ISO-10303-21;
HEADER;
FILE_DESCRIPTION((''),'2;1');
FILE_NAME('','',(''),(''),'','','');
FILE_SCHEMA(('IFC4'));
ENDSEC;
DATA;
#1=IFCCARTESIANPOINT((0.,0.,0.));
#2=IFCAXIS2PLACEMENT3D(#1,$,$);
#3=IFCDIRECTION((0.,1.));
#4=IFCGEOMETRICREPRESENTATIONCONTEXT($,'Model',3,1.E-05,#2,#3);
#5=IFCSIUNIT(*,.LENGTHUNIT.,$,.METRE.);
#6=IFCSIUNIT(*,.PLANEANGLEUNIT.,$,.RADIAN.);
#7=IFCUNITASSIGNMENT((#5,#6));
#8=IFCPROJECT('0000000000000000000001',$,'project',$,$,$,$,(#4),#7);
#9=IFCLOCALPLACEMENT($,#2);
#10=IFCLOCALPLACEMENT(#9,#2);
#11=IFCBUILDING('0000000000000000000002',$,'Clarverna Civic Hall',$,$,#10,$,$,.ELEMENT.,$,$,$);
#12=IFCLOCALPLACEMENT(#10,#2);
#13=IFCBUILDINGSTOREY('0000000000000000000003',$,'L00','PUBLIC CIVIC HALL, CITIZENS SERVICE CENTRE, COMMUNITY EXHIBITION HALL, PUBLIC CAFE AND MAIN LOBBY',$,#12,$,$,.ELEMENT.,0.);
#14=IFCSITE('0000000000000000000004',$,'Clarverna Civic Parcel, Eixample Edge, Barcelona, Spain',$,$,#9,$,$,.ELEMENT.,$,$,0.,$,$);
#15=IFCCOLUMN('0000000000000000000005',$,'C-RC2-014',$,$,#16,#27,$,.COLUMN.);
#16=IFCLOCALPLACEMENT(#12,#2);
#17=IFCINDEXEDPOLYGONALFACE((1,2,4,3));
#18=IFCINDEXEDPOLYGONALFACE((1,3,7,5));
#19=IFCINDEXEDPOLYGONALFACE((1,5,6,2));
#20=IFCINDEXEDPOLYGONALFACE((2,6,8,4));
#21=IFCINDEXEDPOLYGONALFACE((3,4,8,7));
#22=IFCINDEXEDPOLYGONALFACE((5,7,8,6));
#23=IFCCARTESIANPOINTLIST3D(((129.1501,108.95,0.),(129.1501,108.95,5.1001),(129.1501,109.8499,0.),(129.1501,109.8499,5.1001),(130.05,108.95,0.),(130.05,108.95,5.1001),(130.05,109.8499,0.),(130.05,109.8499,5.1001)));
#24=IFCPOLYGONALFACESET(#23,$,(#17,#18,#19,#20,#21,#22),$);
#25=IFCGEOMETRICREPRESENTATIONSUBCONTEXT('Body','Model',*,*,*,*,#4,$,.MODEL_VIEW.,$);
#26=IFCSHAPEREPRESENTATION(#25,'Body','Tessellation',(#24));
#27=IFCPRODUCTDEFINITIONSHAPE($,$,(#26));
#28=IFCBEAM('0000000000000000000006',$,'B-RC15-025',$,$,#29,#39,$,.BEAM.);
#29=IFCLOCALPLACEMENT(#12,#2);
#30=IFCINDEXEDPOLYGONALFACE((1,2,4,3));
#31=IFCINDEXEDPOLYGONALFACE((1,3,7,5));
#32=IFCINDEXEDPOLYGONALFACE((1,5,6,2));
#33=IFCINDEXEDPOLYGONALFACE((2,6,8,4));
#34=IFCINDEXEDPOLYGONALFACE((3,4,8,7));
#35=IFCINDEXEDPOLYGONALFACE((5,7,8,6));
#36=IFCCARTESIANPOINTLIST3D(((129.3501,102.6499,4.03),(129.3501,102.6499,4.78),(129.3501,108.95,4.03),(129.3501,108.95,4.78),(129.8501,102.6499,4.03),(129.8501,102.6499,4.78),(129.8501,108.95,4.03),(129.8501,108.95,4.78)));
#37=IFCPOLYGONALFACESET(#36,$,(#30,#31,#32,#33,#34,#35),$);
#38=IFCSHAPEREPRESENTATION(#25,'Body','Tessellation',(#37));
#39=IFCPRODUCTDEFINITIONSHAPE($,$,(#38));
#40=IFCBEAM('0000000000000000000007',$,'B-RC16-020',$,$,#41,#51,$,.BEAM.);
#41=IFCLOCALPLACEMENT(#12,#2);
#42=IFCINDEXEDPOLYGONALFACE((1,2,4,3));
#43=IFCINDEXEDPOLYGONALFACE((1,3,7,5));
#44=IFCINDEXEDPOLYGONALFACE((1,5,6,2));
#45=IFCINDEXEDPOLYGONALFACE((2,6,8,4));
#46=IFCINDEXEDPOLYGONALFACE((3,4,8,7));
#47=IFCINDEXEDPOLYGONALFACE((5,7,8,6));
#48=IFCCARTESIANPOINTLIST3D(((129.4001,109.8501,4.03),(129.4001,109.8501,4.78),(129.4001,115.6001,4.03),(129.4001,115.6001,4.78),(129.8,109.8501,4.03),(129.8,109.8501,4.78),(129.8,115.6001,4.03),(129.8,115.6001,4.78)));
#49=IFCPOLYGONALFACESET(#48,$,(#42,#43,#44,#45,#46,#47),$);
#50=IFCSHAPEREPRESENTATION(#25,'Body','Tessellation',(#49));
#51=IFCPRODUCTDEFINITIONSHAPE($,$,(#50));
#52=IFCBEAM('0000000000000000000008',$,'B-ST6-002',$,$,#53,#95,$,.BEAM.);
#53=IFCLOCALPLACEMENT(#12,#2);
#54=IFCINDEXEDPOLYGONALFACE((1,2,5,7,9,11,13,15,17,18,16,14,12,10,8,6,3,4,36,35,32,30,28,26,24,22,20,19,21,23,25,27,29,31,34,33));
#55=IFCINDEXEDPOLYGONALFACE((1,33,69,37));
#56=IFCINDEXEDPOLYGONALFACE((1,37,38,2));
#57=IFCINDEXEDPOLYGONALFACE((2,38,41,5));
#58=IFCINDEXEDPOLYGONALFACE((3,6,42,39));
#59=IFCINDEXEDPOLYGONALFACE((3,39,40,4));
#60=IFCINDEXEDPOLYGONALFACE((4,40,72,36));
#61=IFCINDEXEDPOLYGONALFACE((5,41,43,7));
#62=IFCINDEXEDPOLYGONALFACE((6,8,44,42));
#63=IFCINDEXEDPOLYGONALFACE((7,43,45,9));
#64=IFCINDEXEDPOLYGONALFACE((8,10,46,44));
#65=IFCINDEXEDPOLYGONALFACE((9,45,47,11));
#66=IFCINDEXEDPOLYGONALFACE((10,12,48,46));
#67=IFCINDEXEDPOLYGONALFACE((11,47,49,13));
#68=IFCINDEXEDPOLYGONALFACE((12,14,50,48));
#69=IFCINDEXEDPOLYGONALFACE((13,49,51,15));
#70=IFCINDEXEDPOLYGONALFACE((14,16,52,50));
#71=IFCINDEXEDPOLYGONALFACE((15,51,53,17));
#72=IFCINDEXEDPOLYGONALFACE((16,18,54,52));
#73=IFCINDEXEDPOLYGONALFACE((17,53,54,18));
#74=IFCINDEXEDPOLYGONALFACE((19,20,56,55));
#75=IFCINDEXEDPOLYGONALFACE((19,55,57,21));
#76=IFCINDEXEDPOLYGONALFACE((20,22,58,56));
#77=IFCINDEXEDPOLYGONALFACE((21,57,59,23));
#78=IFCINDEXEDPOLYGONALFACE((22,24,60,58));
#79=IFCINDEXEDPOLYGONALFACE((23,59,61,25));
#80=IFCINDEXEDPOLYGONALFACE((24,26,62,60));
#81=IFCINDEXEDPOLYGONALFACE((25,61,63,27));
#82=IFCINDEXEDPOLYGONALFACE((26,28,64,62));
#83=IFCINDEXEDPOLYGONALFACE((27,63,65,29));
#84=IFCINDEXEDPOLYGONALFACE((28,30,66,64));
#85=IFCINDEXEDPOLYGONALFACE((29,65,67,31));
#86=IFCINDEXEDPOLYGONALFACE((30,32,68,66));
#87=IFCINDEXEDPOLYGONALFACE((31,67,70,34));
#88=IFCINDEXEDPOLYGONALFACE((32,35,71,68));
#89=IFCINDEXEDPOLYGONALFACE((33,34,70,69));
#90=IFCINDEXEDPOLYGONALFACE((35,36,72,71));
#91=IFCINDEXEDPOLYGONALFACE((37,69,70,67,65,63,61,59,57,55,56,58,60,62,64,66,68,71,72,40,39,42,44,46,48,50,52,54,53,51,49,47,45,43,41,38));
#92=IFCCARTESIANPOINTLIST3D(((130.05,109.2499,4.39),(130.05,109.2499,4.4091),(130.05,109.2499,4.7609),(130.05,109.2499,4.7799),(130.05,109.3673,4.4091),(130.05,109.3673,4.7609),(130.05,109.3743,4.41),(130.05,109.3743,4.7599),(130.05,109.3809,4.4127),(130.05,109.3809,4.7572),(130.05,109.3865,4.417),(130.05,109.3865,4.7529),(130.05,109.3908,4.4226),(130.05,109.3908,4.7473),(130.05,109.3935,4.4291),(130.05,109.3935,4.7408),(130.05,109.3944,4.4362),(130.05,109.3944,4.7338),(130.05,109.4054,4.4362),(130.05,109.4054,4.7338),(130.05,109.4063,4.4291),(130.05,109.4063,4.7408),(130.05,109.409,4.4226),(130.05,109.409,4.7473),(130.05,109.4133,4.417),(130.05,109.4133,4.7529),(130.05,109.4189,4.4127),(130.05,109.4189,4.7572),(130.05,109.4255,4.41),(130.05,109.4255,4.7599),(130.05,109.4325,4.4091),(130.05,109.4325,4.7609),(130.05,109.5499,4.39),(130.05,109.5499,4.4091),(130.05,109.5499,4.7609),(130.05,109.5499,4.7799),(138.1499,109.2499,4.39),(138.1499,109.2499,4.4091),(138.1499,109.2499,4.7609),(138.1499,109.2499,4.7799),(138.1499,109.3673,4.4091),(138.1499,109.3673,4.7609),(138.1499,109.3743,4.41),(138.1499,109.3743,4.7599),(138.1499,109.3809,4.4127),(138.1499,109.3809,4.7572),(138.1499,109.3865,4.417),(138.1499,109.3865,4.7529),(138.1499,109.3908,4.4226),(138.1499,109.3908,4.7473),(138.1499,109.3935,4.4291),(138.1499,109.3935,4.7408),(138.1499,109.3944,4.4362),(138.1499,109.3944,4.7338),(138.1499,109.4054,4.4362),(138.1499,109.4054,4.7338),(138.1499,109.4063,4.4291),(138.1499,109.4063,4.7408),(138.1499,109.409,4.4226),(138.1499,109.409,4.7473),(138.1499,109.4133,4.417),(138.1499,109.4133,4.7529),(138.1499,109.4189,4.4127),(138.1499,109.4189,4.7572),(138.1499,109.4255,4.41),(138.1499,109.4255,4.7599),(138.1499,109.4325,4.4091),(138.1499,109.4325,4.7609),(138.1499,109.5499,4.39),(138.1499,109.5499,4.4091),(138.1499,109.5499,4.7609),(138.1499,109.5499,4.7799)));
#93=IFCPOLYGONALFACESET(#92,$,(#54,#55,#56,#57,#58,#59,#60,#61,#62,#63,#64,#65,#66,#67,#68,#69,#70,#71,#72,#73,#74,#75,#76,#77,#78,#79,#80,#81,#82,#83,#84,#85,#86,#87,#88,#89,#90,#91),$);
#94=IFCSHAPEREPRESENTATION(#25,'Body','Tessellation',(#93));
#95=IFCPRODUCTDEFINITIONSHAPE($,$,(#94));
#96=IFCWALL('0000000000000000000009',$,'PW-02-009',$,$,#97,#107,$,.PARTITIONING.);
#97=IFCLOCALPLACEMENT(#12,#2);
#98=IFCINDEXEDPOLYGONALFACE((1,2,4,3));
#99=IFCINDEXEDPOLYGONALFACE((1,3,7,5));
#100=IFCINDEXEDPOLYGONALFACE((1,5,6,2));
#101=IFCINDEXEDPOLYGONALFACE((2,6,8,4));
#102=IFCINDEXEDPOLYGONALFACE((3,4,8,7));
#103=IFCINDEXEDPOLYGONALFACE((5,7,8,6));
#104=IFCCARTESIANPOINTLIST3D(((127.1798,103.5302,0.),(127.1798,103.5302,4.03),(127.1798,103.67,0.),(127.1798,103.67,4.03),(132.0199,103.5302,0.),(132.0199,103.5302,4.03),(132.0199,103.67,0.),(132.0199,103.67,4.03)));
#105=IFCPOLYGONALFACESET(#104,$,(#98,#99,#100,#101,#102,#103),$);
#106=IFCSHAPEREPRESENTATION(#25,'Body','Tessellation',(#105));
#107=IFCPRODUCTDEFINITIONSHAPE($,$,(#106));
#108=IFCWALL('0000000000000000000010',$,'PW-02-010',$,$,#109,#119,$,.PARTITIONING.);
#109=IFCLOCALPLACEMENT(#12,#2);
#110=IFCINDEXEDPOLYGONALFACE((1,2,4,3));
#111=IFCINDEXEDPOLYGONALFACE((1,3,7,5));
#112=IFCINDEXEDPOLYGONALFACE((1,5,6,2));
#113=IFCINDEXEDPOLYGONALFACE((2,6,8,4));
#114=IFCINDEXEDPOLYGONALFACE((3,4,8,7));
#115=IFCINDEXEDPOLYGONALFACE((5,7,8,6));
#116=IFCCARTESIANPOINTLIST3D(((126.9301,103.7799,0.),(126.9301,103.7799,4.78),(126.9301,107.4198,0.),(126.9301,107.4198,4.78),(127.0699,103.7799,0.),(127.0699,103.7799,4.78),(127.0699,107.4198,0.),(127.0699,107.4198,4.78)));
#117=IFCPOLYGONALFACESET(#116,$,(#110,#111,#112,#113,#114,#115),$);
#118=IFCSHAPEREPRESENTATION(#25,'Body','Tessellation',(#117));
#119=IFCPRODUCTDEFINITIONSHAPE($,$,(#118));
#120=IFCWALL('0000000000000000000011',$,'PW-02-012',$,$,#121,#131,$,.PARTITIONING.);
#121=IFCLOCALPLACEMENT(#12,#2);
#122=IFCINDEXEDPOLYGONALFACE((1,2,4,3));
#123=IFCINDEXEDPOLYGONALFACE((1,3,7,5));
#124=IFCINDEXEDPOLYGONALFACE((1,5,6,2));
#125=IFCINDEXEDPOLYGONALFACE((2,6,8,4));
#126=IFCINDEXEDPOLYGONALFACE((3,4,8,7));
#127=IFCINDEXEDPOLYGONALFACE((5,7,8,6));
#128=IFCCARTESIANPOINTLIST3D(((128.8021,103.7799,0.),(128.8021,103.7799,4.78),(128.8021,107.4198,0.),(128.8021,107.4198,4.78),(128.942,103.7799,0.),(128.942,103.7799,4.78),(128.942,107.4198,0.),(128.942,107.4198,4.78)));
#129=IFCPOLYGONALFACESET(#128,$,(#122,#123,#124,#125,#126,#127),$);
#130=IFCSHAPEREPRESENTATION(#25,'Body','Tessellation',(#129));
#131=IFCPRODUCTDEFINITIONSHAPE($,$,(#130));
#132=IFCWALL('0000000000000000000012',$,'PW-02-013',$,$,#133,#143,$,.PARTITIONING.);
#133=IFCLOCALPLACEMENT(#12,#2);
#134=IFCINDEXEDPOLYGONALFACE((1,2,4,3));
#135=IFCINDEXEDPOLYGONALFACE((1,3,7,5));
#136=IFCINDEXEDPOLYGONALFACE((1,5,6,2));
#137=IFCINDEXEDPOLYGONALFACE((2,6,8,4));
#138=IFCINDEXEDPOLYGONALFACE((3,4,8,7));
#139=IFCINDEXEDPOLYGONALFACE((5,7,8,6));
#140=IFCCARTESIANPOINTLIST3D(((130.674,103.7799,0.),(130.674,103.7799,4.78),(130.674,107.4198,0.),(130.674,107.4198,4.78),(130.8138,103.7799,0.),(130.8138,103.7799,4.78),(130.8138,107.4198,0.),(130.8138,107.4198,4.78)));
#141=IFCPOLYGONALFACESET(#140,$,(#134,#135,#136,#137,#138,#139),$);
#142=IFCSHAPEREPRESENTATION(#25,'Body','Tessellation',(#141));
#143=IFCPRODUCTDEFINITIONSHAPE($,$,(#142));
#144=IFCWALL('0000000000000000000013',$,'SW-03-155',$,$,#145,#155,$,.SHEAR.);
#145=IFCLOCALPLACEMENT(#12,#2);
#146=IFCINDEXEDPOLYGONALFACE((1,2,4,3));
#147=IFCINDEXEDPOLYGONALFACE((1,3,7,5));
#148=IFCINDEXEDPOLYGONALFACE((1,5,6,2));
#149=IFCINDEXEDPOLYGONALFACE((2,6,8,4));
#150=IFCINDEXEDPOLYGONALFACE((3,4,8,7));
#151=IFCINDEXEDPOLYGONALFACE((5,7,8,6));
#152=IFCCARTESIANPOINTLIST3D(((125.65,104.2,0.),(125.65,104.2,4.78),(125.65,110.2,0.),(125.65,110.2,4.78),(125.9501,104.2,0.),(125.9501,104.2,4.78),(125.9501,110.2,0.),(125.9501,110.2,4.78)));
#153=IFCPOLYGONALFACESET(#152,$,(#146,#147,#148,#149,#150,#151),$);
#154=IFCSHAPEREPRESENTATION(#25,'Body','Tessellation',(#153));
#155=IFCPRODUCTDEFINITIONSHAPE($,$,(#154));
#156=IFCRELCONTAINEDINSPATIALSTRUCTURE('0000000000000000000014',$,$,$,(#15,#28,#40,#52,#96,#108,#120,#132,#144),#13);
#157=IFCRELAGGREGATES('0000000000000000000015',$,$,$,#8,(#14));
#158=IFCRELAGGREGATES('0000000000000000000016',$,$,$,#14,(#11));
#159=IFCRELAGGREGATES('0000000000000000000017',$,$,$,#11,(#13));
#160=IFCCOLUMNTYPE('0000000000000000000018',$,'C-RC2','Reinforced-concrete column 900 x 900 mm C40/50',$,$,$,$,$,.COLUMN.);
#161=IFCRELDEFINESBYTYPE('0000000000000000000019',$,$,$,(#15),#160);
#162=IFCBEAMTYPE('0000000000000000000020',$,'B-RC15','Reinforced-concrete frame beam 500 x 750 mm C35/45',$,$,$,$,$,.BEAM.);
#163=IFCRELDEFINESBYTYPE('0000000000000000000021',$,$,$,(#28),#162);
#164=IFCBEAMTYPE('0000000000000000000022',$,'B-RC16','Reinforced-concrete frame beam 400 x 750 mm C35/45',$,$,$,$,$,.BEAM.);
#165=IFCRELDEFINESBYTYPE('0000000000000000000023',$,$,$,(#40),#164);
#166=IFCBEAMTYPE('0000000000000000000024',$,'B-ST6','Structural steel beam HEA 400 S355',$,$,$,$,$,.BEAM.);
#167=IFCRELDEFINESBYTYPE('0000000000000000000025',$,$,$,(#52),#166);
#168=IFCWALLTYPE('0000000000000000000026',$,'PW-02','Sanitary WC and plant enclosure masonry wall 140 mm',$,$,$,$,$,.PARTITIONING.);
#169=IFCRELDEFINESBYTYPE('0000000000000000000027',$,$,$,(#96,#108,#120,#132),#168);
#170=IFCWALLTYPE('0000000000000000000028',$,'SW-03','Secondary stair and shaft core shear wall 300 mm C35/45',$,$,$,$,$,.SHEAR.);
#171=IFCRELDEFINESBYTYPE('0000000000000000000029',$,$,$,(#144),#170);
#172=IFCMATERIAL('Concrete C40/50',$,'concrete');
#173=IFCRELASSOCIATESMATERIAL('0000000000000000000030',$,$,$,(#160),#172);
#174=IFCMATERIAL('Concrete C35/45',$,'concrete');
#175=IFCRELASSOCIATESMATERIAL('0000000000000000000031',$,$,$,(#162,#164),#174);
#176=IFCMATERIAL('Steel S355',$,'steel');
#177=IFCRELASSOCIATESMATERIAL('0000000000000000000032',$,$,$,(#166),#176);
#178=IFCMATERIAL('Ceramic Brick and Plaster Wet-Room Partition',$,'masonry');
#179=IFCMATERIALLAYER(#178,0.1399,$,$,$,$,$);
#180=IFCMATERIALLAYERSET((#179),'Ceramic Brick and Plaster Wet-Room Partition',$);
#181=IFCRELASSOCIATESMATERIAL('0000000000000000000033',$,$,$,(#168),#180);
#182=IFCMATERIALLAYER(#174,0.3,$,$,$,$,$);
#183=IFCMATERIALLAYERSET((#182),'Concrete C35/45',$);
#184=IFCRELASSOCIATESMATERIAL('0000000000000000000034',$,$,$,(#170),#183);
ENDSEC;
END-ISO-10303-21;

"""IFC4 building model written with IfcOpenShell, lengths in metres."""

from ifc_helpers import new_model, si_unit, direction, frame, frame_2d, origin, origin_2d, place, context, subcontext, project, spatial, rectangle, i_section, extrude, material, layer, layer_set, material_profile, profile_set, type_object, element, save


model = new_model("IFC4")

# Units and contexts
model_context = context("Model", 3, precision=1e-05, world=origin(), true_north=direction((0.0, 1.0)))
body_context = subcontext(model_context, "Body", "Model", "MODEL_VIEW")
ifc_project = project(units=[si_unit("LENGTHUNIT", "METRE"), si_unit("PLANEANGLEUNIT", "RADIAN")], contexts=[model_context])

# Site, building, storey
site_placement = place(None, origin())
site = spatial("IfcSite", under=ifc_project, at=site_placement, Name="Clarverna Civic Parcel, Eixample Edge, Barcelona, Spain", CompositionType="ELEMENT", RefElevation=0.0)
building_placement = place(site_placement, origin())
building = spatial("IfcBuilding", under=site, at=building_placement, Name="Clarverna Civic Hall", CompositionType="ELEMENT")
storey_placement = place(building_placement, origin())
storey = spatial("IfcBuildingStorey", under=building, at=storey_placement, Name="L00", Description="PUBLIC CIVIC HALL, CITIZENS SERVICE CENTRE, COMMUNITY EXHIBITION HALL, PUBLIC CAFE AND MAIN LOBBY", CompositionType="ELEMENT", Elevation=0.0)

# Column
ifc_material_1 = material(Name="Concrete C40/50", Category="concrete")
ifc_material_profile_1 = material_profile(ifc_material_1, rectangle(XDim=0.8999, YDim=0.8999, at=origin_2d()), Name="RC 900x900")
ifc_profile_set_1 = profile_set([ifc_material_profile_1], Name="Concrete C40/50")
column_type = type_object("IfcColumnType", Name="C-RC2", Description="Reinforced-concrete column 900 x 900 mm C40/50", PredefinedType="COLUMN", material=ifc_profile_set_1)
column_placement = place(storey_placement, frame((129.6001, 109.3999, 0.0), z_axis=(0.0, 0.0, 1.0), x_axis=(1.0, 0.0, 0.0)))
element("IfcColumn", 1, at=column_placement, inside=storey, type_object=column_type, Name="C-RC2-014", PredefinedType="COLUMN", context=body_context, shape_type="SweptSolid", body=[
    extrude(rectangle(XDim=0.8999, YDim=0.8999, at=origin_2d()), origin(), (0.0, 0.0, 1.0), 5.1001),
])

# Beams
ifc_material_2 = material(Name="Concrete C35/45", Category="concrete")
ifc_material_profile_2 = material_profile(ifc_material_2, rectangle(XDim=0.5, YDim=0.75, at=origin_2d()), Name="RC 500x750")
ifc_profile_set_2 = profile_set([ifc_material_profile_2], Name="Concrete C35/45")
beam_type_1 = type_object("IfcBeamType", Name="B-RC15", Description="Reinforced-concrete frame beam 500 x 750 mm C35/45", PredefinedType="BEAM", material=ifc_profile_set_2)
beam_1_placement = place(storey_placement, frame((129.6001, 102.6499, 4.405), z_axis=(0.0, 1.0, 0.0), x_axis=(-1.0, 0.0, 0.0)))
element("IfcBeam", 2, at=beam_1_placement, inside=storey, type_object=beam_type_1, Name="B-RC15-025", PredefinedType="BEAM", context=body_context, shape_type="SweptSolid", body=[
    extrude(rectangle(XDim=0.5, YDim=0.75, at=origin_2d()), origin(), (0.0, 0.0, 1.0), 6.3),
])
ifc_material_profile_3 = material_profile(ifc_material_2, rectangle(XDim=0.3999, YDim=0.75, at=origin_2d()), Name="RC 400x750")
ifc_profile_set_3 = profile_set([ifc_material_profile_3], Name="Concrete C35/45")
beam_type_2 = type_object("IfcBeamType", Name="B-RC16", Description="Reinforced-concrete frame beam 400 x 750 mm C35/45", PredefinedType="BEAM", material=ifc_profile_set_3)
beam_2_placement = place(storey_placement, frame((129.6001, 109.8501, 4.405), z_axis=(0.0, 1.0, 0.0), x_axis=(-1.0, 0.0, 0.0)))
element("IfcBeam", 3, at=beam_2_placement, inside=storey, type_object=beam_type_2, Name="B-RC16-020", PredefinedType="BEAM", context=body_context, shape_type="SweptSolid", body=[
    extrude(rectangle(XDim=0.3999, YDim=0.75, at=origin_2d()), origin(), (0.0, 0.0, 1.0), 5.75),
])
ifc_material_3 = material(Name="Steel S355", Category="steel")
ifc_material_profile_4 = material_profile(ifc_material_3, i_section(OverallWidth=0.3, OverallDepth=0.3899, WebThickness=0.011, FlangeThickness=0.019, FilletRadius=0.0271, at=origin_2d()), Name="HEA 400")
ifc_profile_set_4 = profile_set([ifc_material_profile_4], Name="Steel S355")
beam_type_3 = type_object("IfcBeamType", Name="B-ST6", Description="Structural steel beam HEA 400 S355", PredefinedType="BEAM", material=ifc_profile_set_4)
beam_3_placement = place(storey_placement, frame((130.05, 109.3999, 4.585), z_axis=(1.0, 0.0, 0.0), x_axis=(0.0, 1.0, 0.0)))
element("IfcBeam", 4, at=beam_3_placement, inside=storey, type_object=beam_type_3, Name="B-ST6-002", PredefinedType="BEAM", context=body_context, shape_type="SweptSolid", body=[
    extrude(i_section(OverallWidth=0.3, OverallDepth=0.3899, WebThickness=0.011, FlangeThickness=0.019, FilletRadius=0.0271, at=origin_2d()), origin(), (0.0, 0.0, 1.0), 8.0999),
])

# Walls
ifc_material_4 = material(Name="Ceramic Brick and Plaster Wet-Room Partition", Category="masonry")
ifc_layer_1 = layer(ifc_material_4, 0.1399)
ifc_layer_set_1 = layer_set([ifc_layer_1], Name="Ceramic Brick and Plaster Wet-Room Partition")
wall_type_1 = type_object("IfcWallType", Name="PW-02", Description="Sanitary WC and plant enclosure masonry wall 140 mm", PredefinedType="PARTITIONING", material=ifc_layer_set_1)
wall_1_placement = place(storey_placement, frame((127.1799, 103.6001, 0.0), z_axis=(0.0, 0.0, 1.0), x_axis=(1.0, 0.0, 0.0)))
element("IfcWall", 5, at=wall_1_placement, inside=storey, type_object=wall_type_1, Name="PW-02-009", PredefinedType="PARTITIONING", context=body_context, shape_type="SweptSolid", body=[
    extrude(rectangle(XDim=4.8401, YDim=0.1399, at=frame_2d((2.4199, 0.0))), origin(), (0.0, 0.0, 1.0), 4.03),
])
for number, where, z_axis, x_axis, name in (
    (6, (127.0, 103.78, 0.0), (0.0, 0.0, 1.0), (0.0, 1.0, 0.0), "PW-02-010"),
    (7, (128.8721, 103.78, 0.0), (0.0, 0.0, 1.0), (0.0, 1.0, 0.0), "PW-02-012"),
    (8, (130.7439, 103.78, 0.0), (0.0, 0.0, 1.0), (0.0, 1.0, 0.0), "PW-02-013"),
):
    element("IfcWall", number, at=place(storey_placement, frame(where, z_axis=z_axis, x_axis=x_axis)), inside=storey, type_object=wall_type_1, Name=name, PredefinedType="PARTITIONING", context=body_context, shape_type="SweptSolid", body=[
        extrude(rectangle(XDim=3.6399, YDim=0.1399, at=frame_2d((1.8198, 0.0))), origin(), (0.0, 0.0, 1.0), 4.78),
    ])

# Wall
ifc_layer_2 = layer(ifc_material_2, 0.3)
ifc_layer_set_2 = layer_set([ifc_layer_2], Name="Concrete C35/45")
wall_type_2 = type_object("IfcWallType", Name="SW-03", Description="Secondary stair and shaft core shear wall 300 mm C35/45", PredefinedType="SHEAR", material=ifc_layer_set_2)
wall_2_placement = place(storey_placement, frame((125.8, 104.2, 0.0), z_axis=(0.0, 0.0, 1.0), x_axis=(0.0, 1.0, 0.0)))
element("IfcWall", 9, at=wall_2_placement, inside=storey, type_object=wall_type_2, Name="SW-03-155", PredefinedType="SHEAR", context=body_context, shape_type="SweptSolid", body=[
    extrude(rectangle(XDim=6.0, YDim=0.3, at=frame_2d((3.0, 0.0))), origin(), (0.0, 0.0, 1.0), 4.78),
])

save(model, "model.ifc")
